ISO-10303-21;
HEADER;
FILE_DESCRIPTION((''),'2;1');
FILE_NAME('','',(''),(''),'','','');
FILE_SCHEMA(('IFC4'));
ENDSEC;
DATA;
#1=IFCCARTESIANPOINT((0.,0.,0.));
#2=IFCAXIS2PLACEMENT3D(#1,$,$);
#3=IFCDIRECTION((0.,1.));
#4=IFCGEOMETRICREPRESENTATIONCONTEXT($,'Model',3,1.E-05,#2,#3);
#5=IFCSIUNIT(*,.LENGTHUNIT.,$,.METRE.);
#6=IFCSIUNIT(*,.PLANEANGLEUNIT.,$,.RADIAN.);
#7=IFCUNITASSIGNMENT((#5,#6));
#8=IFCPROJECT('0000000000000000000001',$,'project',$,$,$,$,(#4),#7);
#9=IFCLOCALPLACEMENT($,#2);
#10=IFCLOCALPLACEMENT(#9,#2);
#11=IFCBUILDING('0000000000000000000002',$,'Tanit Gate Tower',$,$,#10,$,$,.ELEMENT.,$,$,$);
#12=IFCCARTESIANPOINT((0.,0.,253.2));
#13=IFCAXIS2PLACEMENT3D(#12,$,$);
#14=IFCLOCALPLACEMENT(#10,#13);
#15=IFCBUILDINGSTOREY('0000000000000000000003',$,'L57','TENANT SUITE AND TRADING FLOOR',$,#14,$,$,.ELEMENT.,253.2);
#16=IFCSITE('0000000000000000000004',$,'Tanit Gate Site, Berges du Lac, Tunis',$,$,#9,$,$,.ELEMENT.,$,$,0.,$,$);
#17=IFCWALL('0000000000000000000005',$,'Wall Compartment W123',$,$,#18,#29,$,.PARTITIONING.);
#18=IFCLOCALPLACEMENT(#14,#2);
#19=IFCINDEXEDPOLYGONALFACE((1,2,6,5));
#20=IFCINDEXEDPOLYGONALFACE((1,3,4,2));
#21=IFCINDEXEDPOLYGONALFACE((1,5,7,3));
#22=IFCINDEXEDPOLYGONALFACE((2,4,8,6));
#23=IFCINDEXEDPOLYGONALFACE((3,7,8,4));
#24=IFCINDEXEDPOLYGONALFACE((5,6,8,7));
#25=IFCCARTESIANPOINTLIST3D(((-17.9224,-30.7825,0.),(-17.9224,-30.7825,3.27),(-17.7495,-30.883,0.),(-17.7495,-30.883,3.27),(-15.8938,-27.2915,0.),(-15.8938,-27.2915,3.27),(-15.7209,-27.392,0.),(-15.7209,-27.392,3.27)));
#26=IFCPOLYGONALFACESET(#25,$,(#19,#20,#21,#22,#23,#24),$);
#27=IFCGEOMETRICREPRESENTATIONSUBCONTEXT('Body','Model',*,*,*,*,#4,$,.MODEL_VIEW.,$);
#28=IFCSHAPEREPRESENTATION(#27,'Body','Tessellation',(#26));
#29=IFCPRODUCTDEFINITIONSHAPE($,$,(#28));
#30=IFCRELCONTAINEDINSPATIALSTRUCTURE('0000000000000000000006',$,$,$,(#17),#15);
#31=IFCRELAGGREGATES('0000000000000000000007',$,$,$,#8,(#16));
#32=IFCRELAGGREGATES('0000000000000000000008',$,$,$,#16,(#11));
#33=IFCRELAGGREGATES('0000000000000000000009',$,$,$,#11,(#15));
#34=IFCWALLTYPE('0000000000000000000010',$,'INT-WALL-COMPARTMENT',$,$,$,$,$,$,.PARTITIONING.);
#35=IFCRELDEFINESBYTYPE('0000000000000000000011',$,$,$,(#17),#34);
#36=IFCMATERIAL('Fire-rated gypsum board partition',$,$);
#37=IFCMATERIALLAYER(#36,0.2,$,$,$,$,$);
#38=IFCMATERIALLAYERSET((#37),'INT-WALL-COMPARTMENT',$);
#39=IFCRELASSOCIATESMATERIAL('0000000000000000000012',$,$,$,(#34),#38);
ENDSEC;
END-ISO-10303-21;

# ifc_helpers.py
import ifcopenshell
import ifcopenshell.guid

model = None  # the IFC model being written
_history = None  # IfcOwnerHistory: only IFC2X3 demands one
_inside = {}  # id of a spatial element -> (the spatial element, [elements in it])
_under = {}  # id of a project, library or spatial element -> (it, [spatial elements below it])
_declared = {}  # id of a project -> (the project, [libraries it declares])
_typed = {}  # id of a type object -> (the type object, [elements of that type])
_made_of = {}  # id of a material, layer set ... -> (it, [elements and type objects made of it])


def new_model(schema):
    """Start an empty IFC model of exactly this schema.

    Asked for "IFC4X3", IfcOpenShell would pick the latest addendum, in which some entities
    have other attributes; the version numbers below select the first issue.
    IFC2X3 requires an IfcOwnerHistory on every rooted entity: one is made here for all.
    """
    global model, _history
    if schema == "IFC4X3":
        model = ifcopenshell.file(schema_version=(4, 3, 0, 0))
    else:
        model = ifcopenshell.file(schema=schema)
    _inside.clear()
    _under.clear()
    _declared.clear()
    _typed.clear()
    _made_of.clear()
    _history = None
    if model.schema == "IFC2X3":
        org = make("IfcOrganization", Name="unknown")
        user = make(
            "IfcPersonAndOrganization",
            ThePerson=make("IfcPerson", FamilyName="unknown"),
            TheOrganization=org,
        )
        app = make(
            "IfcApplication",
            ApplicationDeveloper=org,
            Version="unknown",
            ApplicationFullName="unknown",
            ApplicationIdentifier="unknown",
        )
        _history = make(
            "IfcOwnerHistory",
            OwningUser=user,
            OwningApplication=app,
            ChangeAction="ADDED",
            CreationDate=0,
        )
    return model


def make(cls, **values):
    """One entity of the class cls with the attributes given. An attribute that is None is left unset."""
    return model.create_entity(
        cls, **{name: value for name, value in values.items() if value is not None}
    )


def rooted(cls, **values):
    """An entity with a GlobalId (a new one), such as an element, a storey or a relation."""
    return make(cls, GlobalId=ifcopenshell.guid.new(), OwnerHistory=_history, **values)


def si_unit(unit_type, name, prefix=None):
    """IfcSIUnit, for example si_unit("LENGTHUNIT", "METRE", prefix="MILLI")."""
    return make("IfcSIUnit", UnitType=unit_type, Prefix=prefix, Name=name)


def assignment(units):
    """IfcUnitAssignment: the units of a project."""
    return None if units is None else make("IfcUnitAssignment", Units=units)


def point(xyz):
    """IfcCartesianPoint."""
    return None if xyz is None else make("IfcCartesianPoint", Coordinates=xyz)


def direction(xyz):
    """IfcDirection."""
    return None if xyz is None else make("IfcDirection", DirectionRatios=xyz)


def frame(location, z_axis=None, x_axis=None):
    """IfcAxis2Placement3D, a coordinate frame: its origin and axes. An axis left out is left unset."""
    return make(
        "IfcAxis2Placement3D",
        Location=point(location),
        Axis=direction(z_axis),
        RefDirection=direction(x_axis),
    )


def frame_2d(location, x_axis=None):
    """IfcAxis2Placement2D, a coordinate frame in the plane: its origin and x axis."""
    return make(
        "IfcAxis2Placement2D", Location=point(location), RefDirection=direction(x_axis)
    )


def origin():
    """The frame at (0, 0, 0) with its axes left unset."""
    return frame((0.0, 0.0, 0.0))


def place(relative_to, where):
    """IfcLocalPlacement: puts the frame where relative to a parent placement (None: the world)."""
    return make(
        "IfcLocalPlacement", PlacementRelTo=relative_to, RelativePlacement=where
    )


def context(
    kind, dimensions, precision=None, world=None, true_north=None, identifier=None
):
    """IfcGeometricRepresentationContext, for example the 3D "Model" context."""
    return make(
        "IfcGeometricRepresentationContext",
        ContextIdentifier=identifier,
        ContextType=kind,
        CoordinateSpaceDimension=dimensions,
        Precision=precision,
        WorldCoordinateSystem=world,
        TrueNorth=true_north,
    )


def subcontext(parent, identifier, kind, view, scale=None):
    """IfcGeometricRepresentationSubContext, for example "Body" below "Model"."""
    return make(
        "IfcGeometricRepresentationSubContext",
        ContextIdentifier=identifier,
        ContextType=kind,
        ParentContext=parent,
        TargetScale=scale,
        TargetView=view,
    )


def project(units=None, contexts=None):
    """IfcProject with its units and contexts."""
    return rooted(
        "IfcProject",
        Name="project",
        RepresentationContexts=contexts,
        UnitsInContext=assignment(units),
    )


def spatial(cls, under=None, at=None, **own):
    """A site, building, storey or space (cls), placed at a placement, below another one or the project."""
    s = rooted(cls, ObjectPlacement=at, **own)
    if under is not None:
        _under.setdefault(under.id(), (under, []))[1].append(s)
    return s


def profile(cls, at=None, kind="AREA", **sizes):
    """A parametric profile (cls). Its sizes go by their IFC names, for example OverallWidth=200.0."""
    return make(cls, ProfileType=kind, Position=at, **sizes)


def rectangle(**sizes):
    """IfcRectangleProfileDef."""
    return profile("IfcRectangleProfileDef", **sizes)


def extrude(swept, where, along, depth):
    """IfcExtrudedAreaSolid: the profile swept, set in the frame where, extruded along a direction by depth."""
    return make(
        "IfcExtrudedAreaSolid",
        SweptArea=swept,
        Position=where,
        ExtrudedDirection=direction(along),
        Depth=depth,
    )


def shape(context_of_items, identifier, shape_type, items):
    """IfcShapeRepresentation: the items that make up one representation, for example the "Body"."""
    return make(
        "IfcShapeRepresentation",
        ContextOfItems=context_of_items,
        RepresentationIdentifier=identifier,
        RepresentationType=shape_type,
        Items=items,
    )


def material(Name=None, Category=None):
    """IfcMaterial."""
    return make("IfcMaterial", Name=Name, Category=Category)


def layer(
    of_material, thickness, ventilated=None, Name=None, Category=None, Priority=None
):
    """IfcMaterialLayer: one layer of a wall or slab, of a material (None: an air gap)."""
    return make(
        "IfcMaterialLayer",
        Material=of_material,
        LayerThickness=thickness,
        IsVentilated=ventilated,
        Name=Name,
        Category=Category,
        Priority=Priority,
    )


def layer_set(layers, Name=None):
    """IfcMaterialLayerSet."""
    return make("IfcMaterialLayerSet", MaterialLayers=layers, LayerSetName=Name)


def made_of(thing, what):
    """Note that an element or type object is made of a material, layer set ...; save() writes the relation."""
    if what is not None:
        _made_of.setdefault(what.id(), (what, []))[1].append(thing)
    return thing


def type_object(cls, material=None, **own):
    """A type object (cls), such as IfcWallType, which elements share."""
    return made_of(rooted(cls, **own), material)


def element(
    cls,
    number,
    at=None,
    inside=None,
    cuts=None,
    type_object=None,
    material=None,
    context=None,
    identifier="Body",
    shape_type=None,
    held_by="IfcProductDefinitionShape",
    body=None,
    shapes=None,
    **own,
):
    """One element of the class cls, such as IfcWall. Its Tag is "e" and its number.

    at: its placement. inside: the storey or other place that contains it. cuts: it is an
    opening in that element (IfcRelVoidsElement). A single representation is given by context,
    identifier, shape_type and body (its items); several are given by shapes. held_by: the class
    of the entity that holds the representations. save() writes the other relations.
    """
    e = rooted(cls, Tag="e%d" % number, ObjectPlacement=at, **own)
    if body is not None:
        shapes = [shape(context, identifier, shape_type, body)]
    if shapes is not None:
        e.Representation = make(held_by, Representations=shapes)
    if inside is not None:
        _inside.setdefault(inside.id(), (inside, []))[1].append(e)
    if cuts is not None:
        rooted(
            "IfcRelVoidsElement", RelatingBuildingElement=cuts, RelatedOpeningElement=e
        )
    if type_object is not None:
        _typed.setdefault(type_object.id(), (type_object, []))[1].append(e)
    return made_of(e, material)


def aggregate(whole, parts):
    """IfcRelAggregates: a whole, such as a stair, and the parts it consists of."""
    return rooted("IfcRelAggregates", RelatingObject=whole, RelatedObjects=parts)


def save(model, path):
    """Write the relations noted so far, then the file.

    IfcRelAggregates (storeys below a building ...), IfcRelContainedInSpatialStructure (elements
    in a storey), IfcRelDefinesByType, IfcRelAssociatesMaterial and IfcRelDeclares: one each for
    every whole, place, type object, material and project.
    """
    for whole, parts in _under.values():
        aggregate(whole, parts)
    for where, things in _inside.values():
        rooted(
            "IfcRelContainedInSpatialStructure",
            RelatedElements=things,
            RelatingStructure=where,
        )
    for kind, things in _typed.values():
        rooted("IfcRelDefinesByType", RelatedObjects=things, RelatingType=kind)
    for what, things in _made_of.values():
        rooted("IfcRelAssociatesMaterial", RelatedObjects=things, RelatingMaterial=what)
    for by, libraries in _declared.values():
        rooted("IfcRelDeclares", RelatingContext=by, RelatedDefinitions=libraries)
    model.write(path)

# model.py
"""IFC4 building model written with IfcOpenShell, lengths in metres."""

from ifc_helpers import new_model, si_unit, direction, frame, frame_2d, origin, place, context, subcontext, project, spatial, rectangle, extrude, material, layer, layer_set, type_object, element, save


model = new_model("IFC4")

# Units and contexts
model_context = context("Model", 3, precision=1e-05, world=origin(), true_north=direction((0.0, 1.0)))
body_context = subcontext(model_context, "Body", "Model", "MODEL_VIEW")
ifc_project = project(units=[si_unit("LENGTHUNIT", "METRE"), si_unit("PLANEANGLEUNIT", "RADIAN")], contexts=[model_context])

# Site, building, storey
site_placement = place(None, origin())
site = spatial("IfcSite", under=ifc_project, at=site_placement, Name="Tanit Gate Site, Berges du Lac, Tunis", CompositionType="ELEMENT", RefElevation=0.0)
building_placement = place(site_placement, origin())
building = spatial("IfcBuilding", under=site, at=building_placement, Name="Tanit Gate Tower", CompositionType="ELEMENT")
storey_placement = place(building_placement, frame((0.0, 0.0, 253.2)))
storey = spatial("IfcBuildingStorey", under=building, at=storey_placement, Name="L57", Description="TENANT SUITE AND TRADING FLOOR", CompositionType="ELEMENT", Elevation=253.2)

# Wall
ifc_material_1 = material(Name="Fire-rated gypsum board partition")
ifc_layer_1 = layer(ifc_material_1, 0.2)
ifc_layer_set_1 = layer_set([ifc_layer_1], Name="INT-WALL-COMPARTMENT")
wall_type_1 = type_object("IfcWallType", Name="INT-WALL-COMPARTMENT", PredefinedType="PARTITIONING", material=ifc_layer_set_1)
wall_1_placement = place(storey_placement, frame((-17.8359, -30.8328, 0.0), z_axis=(0.0, 0.0, 1.0), x_axis=(0.502423, 0.864622, 0.0)))
element("IfcWall", 1, at=wall_1_placement, inside=storey, type_object=wall_type_1, Name="Wall Compartment W123", PredefinedType="PARTITIONING", context=body_context, shape_type="SweptSolid", body=[
    extrude(rectangle(XDim=4.0376, YDim=0.2, at=frame_2d((2.0188, 0.0))), origin(), (0.0, 0.0, 1.0), 3.27),
])

save(model, "model.ifc")
